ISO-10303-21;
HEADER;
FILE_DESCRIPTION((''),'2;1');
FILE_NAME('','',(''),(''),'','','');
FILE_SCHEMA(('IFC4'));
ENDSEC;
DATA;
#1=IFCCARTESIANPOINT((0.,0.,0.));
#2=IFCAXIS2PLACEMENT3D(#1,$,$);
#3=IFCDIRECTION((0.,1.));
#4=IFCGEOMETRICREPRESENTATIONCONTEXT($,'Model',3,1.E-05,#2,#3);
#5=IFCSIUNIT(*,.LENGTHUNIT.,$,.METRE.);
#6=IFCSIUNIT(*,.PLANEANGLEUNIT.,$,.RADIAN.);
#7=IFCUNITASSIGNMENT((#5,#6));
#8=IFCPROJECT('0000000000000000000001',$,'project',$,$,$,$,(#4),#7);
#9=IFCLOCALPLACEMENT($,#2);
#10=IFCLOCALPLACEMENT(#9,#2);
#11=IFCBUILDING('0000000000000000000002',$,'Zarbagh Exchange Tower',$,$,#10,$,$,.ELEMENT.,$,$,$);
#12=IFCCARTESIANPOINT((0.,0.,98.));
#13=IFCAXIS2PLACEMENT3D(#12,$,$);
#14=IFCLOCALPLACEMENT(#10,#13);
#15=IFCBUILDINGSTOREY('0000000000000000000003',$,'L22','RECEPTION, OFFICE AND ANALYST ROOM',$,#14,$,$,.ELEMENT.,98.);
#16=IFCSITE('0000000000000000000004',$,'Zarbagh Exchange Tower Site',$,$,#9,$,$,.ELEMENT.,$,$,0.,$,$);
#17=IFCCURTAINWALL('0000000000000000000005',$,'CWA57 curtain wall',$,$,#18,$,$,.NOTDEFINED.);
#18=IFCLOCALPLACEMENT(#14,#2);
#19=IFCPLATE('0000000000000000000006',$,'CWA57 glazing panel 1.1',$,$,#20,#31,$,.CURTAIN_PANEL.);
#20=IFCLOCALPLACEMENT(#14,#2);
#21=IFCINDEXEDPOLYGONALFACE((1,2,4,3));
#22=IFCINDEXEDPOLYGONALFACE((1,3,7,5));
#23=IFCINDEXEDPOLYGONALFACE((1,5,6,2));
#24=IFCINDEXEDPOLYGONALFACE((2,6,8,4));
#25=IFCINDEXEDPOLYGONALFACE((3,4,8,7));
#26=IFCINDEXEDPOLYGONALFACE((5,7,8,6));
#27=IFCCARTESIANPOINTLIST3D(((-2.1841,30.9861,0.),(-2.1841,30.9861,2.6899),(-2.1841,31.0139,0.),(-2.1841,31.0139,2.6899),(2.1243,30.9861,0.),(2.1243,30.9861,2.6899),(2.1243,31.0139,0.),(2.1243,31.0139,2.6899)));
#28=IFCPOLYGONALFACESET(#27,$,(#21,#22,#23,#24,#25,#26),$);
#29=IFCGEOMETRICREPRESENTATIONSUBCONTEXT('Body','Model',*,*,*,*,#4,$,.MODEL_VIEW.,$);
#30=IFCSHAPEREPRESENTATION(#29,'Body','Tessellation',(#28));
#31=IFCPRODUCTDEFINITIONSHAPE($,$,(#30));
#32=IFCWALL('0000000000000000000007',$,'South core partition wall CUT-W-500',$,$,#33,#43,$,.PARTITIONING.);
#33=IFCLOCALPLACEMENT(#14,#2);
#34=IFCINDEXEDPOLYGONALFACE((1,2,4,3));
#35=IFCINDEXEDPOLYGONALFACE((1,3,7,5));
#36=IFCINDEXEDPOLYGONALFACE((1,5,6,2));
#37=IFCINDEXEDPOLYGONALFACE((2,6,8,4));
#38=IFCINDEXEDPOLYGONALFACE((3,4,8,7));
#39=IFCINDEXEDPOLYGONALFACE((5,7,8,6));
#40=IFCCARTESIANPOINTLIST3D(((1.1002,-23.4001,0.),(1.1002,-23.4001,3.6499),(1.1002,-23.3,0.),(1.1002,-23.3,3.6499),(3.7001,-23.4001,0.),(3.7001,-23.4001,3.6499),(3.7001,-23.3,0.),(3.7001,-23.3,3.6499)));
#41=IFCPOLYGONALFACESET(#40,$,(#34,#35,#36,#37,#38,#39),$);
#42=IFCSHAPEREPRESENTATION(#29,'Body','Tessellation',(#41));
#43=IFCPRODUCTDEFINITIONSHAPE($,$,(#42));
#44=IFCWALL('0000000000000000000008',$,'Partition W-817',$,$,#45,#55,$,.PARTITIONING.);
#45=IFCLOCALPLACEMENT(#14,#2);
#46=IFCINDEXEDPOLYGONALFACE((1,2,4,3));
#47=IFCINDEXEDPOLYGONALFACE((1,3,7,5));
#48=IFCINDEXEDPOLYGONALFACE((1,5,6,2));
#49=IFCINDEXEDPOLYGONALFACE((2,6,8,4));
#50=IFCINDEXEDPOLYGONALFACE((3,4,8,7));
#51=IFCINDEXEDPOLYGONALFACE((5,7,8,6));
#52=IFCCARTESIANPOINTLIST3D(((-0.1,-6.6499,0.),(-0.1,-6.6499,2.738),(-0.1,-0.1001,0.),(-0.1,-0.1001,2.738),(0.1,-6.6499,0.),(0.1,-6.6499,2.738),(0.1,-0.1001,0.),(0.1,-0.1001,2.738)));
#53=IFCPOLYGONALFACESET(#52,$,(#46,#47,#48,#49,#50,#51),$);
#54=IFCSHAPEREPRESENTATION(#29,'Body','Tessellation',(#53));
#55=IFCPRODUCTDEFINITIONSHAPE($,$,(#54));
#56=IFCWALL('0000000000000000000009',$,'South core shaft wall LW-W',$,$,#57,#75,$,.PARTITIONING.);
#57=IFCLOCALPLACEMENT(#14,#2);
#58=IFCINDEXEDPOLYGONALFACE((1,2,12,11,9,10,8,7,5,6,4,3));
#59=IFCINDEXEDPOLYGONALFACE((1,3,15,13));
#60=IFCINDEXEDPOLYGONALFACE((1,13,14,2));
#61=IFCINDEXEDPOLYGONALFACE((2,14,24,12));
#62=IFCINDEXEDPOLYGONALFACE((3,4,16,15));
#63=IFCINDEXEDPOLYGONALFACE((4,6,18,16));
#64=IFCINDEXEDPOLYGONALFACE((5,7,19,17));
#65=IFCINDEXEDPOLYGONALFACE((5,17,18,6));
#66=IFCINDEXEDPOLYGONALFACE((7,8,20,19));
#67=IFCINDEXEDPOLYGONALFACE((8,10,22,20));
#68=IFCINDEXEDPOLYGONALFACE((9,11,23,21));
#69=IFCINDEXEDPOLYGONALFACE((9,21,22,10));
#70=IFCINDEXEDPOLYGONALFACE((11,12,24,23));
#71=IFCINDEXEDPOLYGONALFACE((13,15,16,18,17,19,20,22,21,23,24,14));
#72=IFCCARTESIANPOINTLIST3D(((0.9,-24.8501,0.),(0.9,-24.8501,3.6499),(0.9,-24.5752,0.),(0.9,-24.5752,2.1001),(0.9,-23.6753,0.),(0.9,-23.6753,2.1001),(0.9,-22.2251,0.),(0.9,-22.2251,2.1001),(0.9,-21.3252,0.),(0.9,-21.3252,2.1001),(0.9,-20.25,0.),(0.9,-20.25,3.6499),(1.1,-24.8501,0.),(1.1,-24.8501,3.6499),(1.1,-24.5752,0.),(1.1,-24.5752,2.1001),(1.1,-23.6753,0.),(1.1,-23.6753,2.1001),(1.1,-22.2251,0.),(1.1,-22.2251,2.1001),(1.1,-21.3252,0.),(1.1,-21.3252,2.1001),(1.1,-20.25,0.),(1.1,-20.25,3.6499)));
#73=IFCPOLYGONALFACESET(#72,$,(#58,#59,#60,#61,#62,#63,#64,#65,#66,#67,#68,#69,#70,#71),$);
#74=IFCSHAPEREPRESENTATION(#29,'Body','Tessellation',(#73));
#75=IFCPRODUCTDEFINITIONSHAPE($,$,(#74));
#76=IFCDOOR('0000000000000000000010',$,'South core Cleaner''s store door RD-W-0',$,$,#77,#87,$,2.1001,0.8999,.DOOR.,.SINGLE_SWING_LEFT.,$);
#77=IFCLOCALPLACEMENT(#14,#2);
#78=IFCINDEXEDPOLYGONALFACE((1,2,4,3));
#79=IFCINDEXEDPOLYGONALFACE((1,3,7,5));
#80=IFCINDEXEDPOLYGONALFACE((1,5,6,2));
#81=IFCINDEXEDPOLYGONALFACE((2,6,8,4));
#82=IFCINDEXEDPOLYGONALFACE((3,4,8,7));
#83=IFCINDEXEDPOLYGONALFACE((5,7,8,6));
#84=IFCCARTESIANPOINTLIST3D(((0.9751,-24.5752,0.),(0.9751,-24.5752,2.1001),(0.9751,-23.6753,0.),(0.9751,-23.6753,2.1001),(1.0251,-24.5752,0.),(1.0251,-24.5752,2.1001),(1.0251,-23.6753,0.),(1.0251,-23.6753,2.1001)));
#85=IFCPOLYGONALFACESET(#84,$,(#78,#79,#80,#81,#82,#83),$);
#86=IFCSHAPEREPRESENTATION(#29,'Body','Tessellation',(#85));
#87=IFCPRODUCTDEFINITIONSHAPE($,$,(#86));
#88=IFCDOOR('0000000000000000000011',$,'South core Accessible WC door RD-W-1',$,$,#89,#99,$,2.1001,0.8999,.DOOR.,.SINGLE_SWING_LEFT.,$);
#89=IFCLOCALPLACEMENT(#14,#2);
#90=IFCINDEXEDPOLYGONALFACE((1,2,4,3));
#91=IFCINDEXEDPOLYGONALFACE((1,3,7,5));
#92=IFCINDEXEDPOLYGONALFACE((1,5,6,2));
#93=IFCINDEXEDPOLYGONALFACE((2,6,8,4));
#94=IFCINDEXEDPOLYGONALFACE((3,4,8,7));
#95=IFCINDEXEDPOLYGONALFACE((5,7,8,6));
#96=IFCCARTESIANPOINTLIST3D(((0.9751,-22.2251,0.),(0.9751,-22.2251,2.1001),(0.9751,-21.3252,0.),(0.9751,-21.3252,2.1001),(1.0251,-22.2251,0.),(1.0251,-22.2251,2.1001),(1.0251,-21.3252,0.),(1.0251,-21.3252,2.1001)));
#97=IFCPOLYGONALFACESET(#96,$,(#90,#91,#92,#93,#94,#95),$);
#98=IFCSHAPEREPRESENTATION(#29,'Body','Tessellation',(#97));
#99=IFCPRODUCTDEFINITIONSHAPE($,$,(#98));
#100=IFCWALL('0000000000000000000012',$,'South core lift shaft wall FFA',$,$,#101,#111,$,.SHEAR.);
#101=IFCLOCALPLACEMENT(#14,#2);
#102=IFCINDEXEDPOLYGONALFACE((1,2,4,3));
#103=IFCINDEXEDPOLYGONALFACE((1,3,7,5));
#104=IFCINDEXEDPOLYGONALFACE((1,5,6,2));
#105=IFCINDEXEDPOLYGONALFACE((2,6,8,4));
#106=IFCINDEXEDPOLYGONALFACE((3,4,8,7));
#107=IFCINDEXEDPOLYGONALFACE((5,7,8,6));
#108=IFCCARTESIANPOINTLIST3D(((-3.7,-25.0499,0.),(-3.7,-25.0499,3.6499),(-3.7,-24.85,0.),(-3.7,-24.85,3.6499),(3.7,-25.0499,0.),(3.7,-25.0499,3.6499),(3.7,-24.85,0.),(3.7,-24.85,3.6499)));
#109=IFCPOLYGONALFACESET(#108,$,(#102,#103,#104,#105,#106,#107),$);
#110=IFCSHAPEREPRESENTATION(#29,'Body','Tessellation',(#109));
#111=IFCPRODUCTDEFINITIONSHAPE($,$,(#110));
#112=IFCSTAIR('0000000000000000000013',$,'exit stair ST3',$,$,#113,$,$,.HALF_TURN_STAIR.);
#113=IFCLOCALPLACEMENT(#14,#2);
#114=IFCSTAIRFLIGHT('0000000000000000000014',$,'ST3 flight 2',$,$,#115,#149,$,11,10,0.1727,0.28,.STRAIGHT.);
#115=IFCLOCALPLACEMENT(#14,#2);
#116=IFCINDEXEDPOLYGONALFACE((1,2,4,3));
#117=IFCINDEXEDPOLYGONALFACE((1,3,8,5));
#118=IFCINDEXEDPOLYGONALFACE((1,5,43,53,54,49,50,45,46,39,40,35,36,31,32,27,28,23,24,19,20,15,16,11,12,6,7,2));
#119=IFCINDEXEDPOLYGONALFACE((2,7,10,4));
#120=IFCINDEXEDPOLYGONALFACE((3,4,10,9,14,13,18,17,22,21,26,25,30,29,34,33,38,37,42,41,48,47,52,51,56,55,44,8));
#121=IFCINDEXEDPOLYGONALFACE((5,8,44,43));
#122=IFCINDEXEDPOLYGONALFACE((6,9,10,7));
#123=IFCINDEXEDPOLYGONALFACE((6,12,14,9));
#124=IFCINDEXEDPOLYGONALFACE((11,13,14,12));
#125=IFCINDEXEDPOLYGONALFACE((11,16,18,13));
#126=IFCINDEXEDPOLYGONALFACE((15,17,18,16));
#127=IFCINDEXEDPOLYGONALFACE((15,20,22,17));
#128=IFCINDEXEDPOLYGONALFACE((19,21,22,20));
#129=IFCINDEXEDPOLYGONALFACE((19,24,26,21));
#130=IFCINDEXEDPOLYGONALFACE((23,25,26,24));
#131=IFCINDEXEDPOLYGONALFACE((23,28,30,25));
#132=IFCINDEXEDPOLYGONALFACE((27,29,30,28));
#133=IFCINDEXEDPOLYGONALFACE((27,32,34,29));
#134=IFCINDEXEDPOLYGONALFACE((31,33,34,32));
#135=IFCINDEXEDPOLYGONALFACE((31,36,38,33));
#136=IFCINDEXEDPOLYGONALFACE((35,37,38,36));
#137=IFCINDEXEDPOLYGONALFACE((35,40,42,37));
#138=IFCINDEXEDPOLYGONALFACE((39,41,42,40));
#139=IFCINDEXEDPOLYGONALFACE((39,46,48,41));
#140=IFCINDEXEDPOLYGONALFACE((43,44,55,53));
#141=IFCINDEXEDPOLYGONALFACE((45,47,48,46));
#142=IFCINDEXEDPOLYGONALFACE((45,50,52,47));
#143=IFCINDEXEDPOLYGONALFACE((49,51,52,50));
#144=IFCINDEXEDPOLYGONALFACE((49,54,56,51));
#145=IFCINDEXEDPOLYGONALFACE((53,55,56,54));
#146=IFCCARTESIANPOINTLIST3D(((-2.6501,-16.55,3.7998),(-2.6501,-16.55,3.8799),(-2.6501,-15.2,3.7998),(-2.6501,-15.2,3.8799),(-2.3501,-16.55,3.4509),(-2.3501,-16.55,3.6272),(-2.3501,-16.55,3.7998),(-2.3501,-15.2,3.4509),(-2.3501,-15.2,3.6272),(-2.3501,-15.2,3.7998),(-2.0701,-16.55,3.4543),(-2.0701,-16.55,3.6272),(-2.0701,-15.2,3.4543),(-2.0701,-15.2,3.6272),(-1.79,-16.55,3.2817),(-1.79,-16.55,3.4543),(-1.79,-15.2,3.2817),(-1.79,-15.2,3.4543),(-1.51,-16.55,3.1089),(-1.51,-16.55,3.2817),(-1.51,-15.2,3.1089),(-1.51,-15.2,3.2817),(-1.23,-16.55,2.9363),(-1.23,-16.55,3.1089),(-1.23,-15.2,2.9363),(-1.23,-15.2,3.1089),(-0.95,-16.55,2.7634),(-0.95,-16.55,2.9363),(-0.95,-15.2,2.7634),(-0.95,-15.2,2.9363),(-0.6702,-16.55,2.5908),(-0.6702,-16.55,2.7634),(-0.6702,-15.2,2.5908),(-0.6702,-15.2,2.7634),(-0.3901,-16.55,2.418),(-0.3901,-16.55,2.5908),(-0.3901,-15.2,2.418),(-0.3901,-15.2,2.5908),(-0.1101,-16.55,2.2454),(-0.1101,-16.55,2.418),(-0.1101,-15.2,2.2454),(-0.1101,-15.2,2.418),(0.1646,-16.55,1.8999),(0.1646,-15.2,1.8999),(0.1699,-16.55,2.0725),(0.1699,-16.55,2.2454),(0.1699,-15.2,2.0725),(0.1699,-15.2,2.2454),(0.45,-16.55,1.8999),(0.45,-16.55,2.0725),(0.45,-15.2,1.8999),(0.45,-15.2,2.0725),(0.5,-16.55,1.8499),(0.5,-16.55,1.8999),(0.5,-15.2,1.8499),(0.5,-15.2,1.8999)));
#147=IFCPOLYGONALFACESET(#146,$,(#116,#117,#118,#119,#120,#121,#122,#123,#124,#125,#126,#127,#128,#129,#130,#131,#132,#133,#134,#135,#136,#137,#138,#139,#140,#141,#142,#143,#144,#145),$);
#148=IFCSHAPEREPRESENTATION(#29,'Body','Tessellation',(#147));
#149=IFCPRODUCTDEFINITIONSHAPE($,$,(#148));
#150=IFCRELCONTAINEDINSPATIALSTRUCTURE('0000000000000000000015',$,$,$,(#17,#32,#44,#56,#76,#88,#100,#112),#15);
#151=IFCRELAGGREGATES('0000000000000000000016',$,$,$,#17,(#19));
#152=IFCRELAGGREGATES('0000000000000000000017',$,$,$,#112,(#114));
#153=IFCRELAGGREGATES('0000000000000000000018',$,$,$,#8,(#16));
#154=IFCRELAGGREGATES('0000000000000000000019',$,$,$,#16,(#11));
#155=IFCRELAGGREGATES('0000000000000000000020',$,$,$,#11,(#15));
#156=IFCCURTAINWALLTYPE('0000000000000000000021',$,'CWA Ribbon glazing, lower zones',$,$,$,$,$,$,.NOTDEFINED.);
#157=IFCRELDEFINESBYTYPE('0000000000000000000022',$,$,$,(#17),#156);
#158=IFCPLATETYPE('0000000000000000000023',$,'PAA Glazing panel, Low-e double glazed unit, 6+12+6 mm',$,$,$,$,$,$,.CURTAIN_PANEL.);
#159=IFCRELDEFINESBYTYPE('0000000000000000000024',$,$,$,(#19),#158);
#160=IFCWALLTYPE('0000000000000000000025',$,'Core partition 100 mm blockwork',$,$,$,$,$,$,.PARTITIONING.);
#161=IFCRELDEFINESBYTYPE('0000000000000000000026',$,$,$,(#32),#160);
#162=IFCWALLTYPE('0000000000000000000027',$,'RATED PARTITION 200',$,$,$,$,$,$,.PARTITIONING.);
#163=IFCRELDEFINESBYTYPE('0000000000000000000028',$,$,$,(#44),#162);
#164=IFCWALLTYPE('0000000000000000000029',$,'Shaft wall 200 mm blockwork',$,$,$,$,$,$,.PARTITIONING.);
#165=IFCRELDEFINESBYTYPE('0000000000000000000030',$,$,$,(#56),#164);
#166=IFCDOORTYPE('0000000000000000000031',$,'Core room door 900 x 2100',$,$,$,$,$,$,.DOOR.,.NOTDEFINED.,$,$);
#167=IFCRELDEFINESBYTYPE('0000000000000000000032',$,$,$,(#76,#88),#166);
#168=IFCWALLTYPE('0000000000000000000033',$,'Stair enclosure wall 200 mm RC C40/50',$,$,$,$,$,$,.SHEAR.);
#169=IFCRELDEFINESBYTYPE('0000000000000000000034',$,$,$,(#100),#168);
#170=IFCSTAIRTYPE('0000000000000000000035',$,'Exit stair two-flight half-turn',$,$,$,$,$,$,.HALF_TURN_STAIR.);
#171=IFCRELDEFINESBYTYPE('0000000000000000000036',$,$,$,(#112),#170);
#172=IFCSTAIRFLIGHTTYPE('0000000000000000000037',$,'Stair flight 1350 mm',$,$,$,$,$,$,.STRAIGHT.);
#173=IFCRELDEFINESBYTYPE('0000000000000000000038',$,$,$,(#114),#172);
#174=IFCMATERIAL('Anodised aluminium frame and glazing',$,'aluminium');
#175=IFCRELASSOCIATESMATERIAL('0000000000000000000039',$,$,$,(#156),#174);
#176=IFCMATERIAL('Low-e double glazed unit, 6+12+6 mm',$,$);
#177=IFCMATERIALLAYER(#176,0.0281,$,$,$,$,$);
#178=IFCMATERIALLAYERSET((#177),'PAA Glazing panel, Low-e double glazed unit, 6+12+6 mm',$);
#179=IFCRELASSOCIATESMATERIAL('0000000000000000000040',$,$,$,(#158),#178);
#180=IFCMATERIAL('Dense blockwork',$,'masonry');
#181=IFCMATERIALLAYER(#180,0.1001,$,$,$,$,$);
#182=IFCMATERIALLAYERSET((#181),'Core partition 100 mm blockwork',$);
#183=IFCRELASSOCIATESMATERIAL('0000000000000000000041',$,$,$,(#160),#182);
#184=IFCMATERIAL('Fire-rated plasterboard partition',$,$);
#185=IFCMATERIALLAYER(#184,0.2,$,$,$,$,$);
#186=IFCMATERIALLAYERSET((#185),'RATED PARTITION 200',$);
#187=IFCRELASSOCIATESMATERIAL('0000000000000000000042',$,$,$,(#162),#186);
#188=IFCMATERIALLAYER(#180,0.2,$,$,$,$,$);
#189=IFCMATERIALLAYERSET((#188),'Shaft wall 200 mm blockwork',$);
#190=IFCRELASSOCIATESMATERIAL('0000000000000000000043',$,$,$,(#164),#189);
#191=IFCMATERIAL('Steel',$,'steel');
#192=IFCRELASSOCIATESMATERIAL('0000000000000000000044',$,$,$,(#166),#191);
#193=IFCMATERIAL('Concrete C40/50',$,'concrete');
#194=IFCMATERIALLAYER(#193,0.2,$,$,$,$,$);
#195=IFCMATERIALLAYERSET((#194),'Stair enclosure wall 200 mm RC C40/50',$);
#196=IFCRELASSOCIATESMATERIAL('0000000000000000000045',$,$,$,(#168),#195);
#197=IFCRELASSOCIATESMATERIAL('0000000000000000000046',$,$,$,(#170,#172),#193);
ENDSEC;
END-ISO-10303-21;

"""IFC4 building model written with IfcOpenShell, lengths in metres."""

from ifc_helpers import new_model, si_unit, direction, frame, frame_2d, origin, place, context, subcontext, project, spatial, polyline, rectangle, outline, extrude, source, transform, mapped, material, layer, layer_set, type_object, element, fill, aggregate, save


model = new_model("IFC4")

# Units and contexts
model_context = context("Model", 3, precision=1e-05, world=origin(), true_north=direction((0.0, 1.0)))
body_context = subcontext(model_context, "Body", "Model", "MODEL_VIEW")
ifc_project = project(units=[si_unit("LENGTHUNIT", "METRE"), si_unit("PLANEANGLEUNIT", "RADIAN")], contexts=[model_context])

# Site, building, storey
site_placement = place(None, origin())
site = spatial("IfcSite", under=ifc_project, at=site_placement, Name="Zarbagh Exchange Tower Site", CompositionType="ELEMENT", RefElevation=0.0)
building_placement = place(site_placement, origin())
building = spatial("IfcBuilding", under=site, at=building_placement, Name="Zarbagh Exchange Tower", CompositionType="ELEMENT")
storey_placement = place(building_placement, frame((0.0, 0.0, 98.0)))
storey = spatial("IfcBuildingStorey", under=building, at=storey_placement, Name="L22", Description="RECEPTION, OFFICE AND ANALYST ROOM", CompositionType="ELEMENT", Elevation=98.0)

# Curtain wall
ifc_material_1 = material(Name="Anodised aluminium frame and glazing", Category="aluminium")
curtain_wall_type = type_object("IfcCurtainWallType", Name="CWA Ribbon glazing, lower zones", PredefinedType="NOTDEFINED", material=ifc_material_1)
placement = place(storey_placement, origin())
curtain_wall_1_placement = place(storey_placement, origin())
curtain_wall_1 = element("IfcCurtainWall", 1, at=curtain_wall_1_placement, inside=storey, type_object=curtain_wall_type, Name="CWA57 curtain wall", PredefinedType="NOTDEFINED")

# Shared definitions
ifc_material_2 = material(Name="Low-e double glazed unit, 6+12+6 mm")
ifc_layer_1 = layer(ifc_material_2, 0.0281)
ifc_layer_set_1 = layer_set([ifc_layer_1], Name="PAA Glazing panel, Low-e double glazed unit, 6+12+6 mm")
plate_type = type_object("IfcPlateType", Name="PAA Glazing panel, Low-e double glazed unit, 6+12+6 mm", PredefinedType="CURTAIN_PANEL", material=ifc_layer_set_1)

# Plate
shared_shape_1 = source(origin(), body_context, "Body", "SweptSolid", [
    extrude(outline(polyline([(0.0, -0.0139), (4.3083, -0.0139), (4.3083, 0.0139), (0.0, 0.0139), (0.0, -0.0139)])), origin(), (0.0, 0.0, 1.0), 2.6899),
])
plate_1 = element("IfcPlate", 2, at=placement, type_object=plate_type, Name="CWA57 glazing panel 1.1", PredefinedType="CURTAIN_PANEL", context=body_context, shape_type="MappedRepresentation", body=[
    mapped(shared_shape_1, transform((2.1243, 31.0, 0.0), x_axis=(-1.0, 0.0, 0.0), y_axis=(0.0, -1.0, 0.0), z_axis=(0.0, 0.0, 1.0))),
])
aggregate(curtain_wall_1, [plate_1])

# Walls
ifc_material_3 = material(Name="Dense blockwork", Category="masonry")
ifc_layer_2 = layer(ifc_material_3, 0.1001)
ifc_layer_set_2 = layer_set([ifc_layer_2], Name="Core partition 100 mm blockwork")
wall_type_1 = type_object("IfcWallType", Name="Core partition 100 mm blockwork", PredefinedType="PARTITIONING", material=ifc_layer_set_2)
wall_1_placement = place(storey_placement, frame((3.7, -23.3501, 0.0), z_axis=(0.0, 0.0, 1.0), x_axis=(-1.0, 0.0, 0.0)))
element("IfcWall", 3, at=wall_1_placement, inside=storey, type_object=wall_type_1, Name="South core partition wall CUT-W-500", PredefinedType="PARTITIONING", context=body_context, shape_type="SweptSolid", body=[
    extrude(rectangle(XDim=2.5999, YDim=0.1001, at=frame_2d((1.2998, 0.0))), origin(), (0.0, 0.0, 1.0), 3.6499),
])
ifc_material_4 = material(Name="Fire-rated plasterboard partition")
ifc_layer_3 = layer(ifc_material_4, 0.2)
ifc_layer_set_3 = layer_set([ifc_layer_3], Name="RATED PARTITION 200")
wall_type_2 = type_object("IfcWallType", Name="RATED PARTITION 200", PredefinedType="PARTITIONING", material=ifc_layer_set_3)
wall_2_placement = place(storey_placement, frame((0.0, -6.6499, 0.0), z_axis=(0.0, 0.0, 1.0), x_axis=(0.0, 1.0, 0.0)))
element("IfcWall", 4, at=wall_2_placement, inside=storey, type_object=wall_type_2, Name="Partition W-817", PredefinedType="PARTITIONING", context=body_context, shape_type="SweptSolid", body=[
    extrude(rectangle(XDim=6.5498, YDim=0.2, at=frame_2d((3.2749, 0.0))), origin(), (0.0, 0.0, 1.0), 2.738),
])

# Wall, openings, doors
ifc_layer_4 = layer(ifc_material_3, 0.2)
ifc_layer_set_4 = layer_set([ifc_layer_4], Name="Shaft wall 200 mm blockwork")
wall_type_3 = type_object("IfcWallType", Name="Shaft wall 200 mm blockwork", PredefinedType="PARTITIONING", material=ifc_layer_set_4)
wall_3_placement = place(storey_placement, frame((1.0, -24.8501, 0.0), z_axis=(0.0, 0.0, 1.0), x_axis=(0.0, 1.0, 0.0)))
wall_3 = element("IfcWall", 5, at=wall_3_placement, inside=storey, type_object=wall_type_3, Name="South core shaft wall LW-W", PredefinedType="PARTITIONING", context=body_context, shape_type="SweptSolid", body=[
    extrude(rectangle(XDim=4.6001, YDim=0.2, at=frame_2d((2.3, 0.0))), origin(), (0.0, 0.0, 1.0), 3.6499),
])
opening_1_placement = place(wall_3_placement, frame((0.2749, 0.0, 0.0)))
opening_1 = element("IfcOpeningElement", 6, at=opening_1_placement, cuts=wall_3, PredefinedType="OPENING", context=body_context, shape_type="SweptSolid", body=[
    extrude(rectangle(XDim=0.8999, YDim=2.1001, at=frame_2d((0.45, 1.05))), frame((0.0, 0.1099, 0.0), z_axis=(0.0, -1.0, 0.0), x_axis=(1.0, 0.0, 0.0)), (0.0, 0.0, 1.0), 0.22),
])
opening_2_placement = place(wall_3_placement, frame((2.625, 0.0, 0.0)))
opening_2 = element("IfcOpeningElement", 7, at=opening_2_placement, cuts=wall_3, PredefinedType="OPENING", context=body_context, shape_type="SweptSolid", body=[
    extrude(rectangle(XDim=0.8999, YDim=2.1001, at=frame_2d((0.45, 1.05))), frame((0.0, 0.1099, 0.0), z_axis=(0.0, -1.0, 0.0), x_axis=(1.0, 0.0, 0.0)), (0.0, 0.0, 1.0), 0.22),
])
ifc_material_5 = material(Name="Steel", Category="steel")
door_type = type_object("IfcDoorType", Name="Core room door 900 x 2100", OperationType="NOTDEFINED", PredefinedType="DOOR", material=ifc_material_5)
door_1_placement = place(opening_1_placement, origin())
door_1 = element("IfcDoor", 8, at=door_1_placement, inside=storey, type_object=door_type, Name="South core Cleaner's store door RD-W-0", OperationType="SINGLE_SWING_LEFT", OverallHeight=2.1001, OverallWidth=0.8999, PredefinedType="DOOR", context=body_context, shape_type="SweptSolid", body=[
    extrude(rectangle(XDim=0.8999, YDim=2.1001, at=frame_2d((0.45, 1.05))), frame((0.0, 0.0249, 0.0), z_axis=(0.0, -1.0, 0.0), x_axis=(1.0, 0.0, 0.0)), (0.0, 0.0, 1.0), 0.05),
])
fill(opening_1, door_1)
door_2_placement = place(opening_2_placement, origin())
door_2 = element("IfcDoor", 9, at=door_2_placement, inside=storey, type_object=door_type, Name="South core Accessible WC door RD-W-1", OperationType="SINGLE_SWING_LEFT", OverallHeight=2.1001, OverallWidth=0.8999, PredefinedType="DOOR", context=body_context, shape_type="SweptSolid", body=[
    extrude(rectangle(XDim=0.8999, YDim=2.1001, at=frame_2d((0.45, 1.05))), frame((0.0, 0.0249, 0.0), z_axis=(0.0, -1.0, 0.0), x_axis=(1.0, 0.0, 0.0)), (0.0, 0.0, 1.0), 0.05),
])
fill(opening_2, door_2)

# Wall
ifc_material_6 = material(Name="Concrete C40/50", Category="concrete")
ifc_layer_5 = layer(ifc_material_6, 0.2)
ifc_layer_set_5 = layer_set([ifc_layer_5], Name="Stair enclosure wall 200 mm RC C40/50")
wall_type_4 = type_object("IfcWallType", Name="Stair enclosure wall 200 mm RC C40/50", PredefinedType="SHEAR", material=ifc_layer_set_5)
wall_4_placement = place(storey_placement, frame((3.7, -24.95, 0.0), z_axis=(0.0, 0.0, 1.0), x_axis=(-1.0, 0.0, 0.0)))
element("IfcWall", 10, at=wall_4_placement, inside=storey, type_object=wall_type_4, Name="South core lift shaft wall FFA", PredefinedType="SHEAR", context=body_context, shape_type="SweptSolid", body=[
    extrude(rectangle(XDim=7.3999, YDim=0.2, at=frame_2d((3.7, 0.0))), origin(), (0.0, 0.0, 1.0), 3.6499),
])

# Stair, stair flight
stair_type = type_object("IfcStairType", Name="Exit stair two-flight half-turn", PredefinedType="HALF_TURN_STAIR", material=ifc_material_6)
stair_1_placement = place(storey_placement, origin())
stair_1 = element("IfcStair", 11, at=stair_1_placement, inside=storey, type_object=stair_type, Name="exit stair ST3", PredefinedType="HALF_TURN_STAIR")
stair_flight_type_1 = type_object("IfcStairFlightType", Name="Stair flight 1350 mm", PredefinedType="STRAIGHT", material=ifc_material_6)
stair_flight_1_placement = place(storey_placement, frame((0.45, -15.875, 1.8999), z_axis=(0.0, 0.0, 1.0), x_axis=(-1.0, 0.0, 0.0)))
stair_flight_1 = element("IfcStairFlight", 12, at=stair_flight_1_placement, type_object=stair_flight_type_1, Name="ST3 flight 2", NumberOfRisers=11, NumberOfTreads=10, PredefinedType="STRAIGHT", RiserHeight=0.1727, TreadLength=0.28, context=body_context, shape_type="SweptSolid", body=[
    extrude(outline(polyline([(-0.05, -0.05), (-0.05, 0.0), (0.0, 0.0), (0.0, 0.1726), (0.28, 0.1726), (0.28, 0.3455), (0.5601, 0.3455), (0.5601, 0.5181), (0.8401, 0.5181), (0.8401, 0.6909), (1.1201, 0.6909), (1.1201, 0.8635), (1.3999, 0.8635), (1.3999, 1.0364), (1.6799, 1.0364), (1.6799, 1.209), (1.96, 1.209), (1.96, 1.3818), (2.24, 1.3818), (2.24, 1.5544), (2.52, 1.5544), (2.52, 1.7273), (2.8, 1.7273), (2.8, 1.8999), (3.1001, 1.98), (3.1001, 1.8999), (2.8, 1.551), (0.2854, 0.0), (-0.05, -0.05)])), frame((0.0, 0.675, 0.0), z_axis=(0.0, -1.0, 0.0), x_axis=(1.0, 0.0, 0.0)), (0.0, 0.0, 1.0), 1.3501),
])
aggregate(stair_1, [stair_flight_1])

save(model, "model.ifc")
